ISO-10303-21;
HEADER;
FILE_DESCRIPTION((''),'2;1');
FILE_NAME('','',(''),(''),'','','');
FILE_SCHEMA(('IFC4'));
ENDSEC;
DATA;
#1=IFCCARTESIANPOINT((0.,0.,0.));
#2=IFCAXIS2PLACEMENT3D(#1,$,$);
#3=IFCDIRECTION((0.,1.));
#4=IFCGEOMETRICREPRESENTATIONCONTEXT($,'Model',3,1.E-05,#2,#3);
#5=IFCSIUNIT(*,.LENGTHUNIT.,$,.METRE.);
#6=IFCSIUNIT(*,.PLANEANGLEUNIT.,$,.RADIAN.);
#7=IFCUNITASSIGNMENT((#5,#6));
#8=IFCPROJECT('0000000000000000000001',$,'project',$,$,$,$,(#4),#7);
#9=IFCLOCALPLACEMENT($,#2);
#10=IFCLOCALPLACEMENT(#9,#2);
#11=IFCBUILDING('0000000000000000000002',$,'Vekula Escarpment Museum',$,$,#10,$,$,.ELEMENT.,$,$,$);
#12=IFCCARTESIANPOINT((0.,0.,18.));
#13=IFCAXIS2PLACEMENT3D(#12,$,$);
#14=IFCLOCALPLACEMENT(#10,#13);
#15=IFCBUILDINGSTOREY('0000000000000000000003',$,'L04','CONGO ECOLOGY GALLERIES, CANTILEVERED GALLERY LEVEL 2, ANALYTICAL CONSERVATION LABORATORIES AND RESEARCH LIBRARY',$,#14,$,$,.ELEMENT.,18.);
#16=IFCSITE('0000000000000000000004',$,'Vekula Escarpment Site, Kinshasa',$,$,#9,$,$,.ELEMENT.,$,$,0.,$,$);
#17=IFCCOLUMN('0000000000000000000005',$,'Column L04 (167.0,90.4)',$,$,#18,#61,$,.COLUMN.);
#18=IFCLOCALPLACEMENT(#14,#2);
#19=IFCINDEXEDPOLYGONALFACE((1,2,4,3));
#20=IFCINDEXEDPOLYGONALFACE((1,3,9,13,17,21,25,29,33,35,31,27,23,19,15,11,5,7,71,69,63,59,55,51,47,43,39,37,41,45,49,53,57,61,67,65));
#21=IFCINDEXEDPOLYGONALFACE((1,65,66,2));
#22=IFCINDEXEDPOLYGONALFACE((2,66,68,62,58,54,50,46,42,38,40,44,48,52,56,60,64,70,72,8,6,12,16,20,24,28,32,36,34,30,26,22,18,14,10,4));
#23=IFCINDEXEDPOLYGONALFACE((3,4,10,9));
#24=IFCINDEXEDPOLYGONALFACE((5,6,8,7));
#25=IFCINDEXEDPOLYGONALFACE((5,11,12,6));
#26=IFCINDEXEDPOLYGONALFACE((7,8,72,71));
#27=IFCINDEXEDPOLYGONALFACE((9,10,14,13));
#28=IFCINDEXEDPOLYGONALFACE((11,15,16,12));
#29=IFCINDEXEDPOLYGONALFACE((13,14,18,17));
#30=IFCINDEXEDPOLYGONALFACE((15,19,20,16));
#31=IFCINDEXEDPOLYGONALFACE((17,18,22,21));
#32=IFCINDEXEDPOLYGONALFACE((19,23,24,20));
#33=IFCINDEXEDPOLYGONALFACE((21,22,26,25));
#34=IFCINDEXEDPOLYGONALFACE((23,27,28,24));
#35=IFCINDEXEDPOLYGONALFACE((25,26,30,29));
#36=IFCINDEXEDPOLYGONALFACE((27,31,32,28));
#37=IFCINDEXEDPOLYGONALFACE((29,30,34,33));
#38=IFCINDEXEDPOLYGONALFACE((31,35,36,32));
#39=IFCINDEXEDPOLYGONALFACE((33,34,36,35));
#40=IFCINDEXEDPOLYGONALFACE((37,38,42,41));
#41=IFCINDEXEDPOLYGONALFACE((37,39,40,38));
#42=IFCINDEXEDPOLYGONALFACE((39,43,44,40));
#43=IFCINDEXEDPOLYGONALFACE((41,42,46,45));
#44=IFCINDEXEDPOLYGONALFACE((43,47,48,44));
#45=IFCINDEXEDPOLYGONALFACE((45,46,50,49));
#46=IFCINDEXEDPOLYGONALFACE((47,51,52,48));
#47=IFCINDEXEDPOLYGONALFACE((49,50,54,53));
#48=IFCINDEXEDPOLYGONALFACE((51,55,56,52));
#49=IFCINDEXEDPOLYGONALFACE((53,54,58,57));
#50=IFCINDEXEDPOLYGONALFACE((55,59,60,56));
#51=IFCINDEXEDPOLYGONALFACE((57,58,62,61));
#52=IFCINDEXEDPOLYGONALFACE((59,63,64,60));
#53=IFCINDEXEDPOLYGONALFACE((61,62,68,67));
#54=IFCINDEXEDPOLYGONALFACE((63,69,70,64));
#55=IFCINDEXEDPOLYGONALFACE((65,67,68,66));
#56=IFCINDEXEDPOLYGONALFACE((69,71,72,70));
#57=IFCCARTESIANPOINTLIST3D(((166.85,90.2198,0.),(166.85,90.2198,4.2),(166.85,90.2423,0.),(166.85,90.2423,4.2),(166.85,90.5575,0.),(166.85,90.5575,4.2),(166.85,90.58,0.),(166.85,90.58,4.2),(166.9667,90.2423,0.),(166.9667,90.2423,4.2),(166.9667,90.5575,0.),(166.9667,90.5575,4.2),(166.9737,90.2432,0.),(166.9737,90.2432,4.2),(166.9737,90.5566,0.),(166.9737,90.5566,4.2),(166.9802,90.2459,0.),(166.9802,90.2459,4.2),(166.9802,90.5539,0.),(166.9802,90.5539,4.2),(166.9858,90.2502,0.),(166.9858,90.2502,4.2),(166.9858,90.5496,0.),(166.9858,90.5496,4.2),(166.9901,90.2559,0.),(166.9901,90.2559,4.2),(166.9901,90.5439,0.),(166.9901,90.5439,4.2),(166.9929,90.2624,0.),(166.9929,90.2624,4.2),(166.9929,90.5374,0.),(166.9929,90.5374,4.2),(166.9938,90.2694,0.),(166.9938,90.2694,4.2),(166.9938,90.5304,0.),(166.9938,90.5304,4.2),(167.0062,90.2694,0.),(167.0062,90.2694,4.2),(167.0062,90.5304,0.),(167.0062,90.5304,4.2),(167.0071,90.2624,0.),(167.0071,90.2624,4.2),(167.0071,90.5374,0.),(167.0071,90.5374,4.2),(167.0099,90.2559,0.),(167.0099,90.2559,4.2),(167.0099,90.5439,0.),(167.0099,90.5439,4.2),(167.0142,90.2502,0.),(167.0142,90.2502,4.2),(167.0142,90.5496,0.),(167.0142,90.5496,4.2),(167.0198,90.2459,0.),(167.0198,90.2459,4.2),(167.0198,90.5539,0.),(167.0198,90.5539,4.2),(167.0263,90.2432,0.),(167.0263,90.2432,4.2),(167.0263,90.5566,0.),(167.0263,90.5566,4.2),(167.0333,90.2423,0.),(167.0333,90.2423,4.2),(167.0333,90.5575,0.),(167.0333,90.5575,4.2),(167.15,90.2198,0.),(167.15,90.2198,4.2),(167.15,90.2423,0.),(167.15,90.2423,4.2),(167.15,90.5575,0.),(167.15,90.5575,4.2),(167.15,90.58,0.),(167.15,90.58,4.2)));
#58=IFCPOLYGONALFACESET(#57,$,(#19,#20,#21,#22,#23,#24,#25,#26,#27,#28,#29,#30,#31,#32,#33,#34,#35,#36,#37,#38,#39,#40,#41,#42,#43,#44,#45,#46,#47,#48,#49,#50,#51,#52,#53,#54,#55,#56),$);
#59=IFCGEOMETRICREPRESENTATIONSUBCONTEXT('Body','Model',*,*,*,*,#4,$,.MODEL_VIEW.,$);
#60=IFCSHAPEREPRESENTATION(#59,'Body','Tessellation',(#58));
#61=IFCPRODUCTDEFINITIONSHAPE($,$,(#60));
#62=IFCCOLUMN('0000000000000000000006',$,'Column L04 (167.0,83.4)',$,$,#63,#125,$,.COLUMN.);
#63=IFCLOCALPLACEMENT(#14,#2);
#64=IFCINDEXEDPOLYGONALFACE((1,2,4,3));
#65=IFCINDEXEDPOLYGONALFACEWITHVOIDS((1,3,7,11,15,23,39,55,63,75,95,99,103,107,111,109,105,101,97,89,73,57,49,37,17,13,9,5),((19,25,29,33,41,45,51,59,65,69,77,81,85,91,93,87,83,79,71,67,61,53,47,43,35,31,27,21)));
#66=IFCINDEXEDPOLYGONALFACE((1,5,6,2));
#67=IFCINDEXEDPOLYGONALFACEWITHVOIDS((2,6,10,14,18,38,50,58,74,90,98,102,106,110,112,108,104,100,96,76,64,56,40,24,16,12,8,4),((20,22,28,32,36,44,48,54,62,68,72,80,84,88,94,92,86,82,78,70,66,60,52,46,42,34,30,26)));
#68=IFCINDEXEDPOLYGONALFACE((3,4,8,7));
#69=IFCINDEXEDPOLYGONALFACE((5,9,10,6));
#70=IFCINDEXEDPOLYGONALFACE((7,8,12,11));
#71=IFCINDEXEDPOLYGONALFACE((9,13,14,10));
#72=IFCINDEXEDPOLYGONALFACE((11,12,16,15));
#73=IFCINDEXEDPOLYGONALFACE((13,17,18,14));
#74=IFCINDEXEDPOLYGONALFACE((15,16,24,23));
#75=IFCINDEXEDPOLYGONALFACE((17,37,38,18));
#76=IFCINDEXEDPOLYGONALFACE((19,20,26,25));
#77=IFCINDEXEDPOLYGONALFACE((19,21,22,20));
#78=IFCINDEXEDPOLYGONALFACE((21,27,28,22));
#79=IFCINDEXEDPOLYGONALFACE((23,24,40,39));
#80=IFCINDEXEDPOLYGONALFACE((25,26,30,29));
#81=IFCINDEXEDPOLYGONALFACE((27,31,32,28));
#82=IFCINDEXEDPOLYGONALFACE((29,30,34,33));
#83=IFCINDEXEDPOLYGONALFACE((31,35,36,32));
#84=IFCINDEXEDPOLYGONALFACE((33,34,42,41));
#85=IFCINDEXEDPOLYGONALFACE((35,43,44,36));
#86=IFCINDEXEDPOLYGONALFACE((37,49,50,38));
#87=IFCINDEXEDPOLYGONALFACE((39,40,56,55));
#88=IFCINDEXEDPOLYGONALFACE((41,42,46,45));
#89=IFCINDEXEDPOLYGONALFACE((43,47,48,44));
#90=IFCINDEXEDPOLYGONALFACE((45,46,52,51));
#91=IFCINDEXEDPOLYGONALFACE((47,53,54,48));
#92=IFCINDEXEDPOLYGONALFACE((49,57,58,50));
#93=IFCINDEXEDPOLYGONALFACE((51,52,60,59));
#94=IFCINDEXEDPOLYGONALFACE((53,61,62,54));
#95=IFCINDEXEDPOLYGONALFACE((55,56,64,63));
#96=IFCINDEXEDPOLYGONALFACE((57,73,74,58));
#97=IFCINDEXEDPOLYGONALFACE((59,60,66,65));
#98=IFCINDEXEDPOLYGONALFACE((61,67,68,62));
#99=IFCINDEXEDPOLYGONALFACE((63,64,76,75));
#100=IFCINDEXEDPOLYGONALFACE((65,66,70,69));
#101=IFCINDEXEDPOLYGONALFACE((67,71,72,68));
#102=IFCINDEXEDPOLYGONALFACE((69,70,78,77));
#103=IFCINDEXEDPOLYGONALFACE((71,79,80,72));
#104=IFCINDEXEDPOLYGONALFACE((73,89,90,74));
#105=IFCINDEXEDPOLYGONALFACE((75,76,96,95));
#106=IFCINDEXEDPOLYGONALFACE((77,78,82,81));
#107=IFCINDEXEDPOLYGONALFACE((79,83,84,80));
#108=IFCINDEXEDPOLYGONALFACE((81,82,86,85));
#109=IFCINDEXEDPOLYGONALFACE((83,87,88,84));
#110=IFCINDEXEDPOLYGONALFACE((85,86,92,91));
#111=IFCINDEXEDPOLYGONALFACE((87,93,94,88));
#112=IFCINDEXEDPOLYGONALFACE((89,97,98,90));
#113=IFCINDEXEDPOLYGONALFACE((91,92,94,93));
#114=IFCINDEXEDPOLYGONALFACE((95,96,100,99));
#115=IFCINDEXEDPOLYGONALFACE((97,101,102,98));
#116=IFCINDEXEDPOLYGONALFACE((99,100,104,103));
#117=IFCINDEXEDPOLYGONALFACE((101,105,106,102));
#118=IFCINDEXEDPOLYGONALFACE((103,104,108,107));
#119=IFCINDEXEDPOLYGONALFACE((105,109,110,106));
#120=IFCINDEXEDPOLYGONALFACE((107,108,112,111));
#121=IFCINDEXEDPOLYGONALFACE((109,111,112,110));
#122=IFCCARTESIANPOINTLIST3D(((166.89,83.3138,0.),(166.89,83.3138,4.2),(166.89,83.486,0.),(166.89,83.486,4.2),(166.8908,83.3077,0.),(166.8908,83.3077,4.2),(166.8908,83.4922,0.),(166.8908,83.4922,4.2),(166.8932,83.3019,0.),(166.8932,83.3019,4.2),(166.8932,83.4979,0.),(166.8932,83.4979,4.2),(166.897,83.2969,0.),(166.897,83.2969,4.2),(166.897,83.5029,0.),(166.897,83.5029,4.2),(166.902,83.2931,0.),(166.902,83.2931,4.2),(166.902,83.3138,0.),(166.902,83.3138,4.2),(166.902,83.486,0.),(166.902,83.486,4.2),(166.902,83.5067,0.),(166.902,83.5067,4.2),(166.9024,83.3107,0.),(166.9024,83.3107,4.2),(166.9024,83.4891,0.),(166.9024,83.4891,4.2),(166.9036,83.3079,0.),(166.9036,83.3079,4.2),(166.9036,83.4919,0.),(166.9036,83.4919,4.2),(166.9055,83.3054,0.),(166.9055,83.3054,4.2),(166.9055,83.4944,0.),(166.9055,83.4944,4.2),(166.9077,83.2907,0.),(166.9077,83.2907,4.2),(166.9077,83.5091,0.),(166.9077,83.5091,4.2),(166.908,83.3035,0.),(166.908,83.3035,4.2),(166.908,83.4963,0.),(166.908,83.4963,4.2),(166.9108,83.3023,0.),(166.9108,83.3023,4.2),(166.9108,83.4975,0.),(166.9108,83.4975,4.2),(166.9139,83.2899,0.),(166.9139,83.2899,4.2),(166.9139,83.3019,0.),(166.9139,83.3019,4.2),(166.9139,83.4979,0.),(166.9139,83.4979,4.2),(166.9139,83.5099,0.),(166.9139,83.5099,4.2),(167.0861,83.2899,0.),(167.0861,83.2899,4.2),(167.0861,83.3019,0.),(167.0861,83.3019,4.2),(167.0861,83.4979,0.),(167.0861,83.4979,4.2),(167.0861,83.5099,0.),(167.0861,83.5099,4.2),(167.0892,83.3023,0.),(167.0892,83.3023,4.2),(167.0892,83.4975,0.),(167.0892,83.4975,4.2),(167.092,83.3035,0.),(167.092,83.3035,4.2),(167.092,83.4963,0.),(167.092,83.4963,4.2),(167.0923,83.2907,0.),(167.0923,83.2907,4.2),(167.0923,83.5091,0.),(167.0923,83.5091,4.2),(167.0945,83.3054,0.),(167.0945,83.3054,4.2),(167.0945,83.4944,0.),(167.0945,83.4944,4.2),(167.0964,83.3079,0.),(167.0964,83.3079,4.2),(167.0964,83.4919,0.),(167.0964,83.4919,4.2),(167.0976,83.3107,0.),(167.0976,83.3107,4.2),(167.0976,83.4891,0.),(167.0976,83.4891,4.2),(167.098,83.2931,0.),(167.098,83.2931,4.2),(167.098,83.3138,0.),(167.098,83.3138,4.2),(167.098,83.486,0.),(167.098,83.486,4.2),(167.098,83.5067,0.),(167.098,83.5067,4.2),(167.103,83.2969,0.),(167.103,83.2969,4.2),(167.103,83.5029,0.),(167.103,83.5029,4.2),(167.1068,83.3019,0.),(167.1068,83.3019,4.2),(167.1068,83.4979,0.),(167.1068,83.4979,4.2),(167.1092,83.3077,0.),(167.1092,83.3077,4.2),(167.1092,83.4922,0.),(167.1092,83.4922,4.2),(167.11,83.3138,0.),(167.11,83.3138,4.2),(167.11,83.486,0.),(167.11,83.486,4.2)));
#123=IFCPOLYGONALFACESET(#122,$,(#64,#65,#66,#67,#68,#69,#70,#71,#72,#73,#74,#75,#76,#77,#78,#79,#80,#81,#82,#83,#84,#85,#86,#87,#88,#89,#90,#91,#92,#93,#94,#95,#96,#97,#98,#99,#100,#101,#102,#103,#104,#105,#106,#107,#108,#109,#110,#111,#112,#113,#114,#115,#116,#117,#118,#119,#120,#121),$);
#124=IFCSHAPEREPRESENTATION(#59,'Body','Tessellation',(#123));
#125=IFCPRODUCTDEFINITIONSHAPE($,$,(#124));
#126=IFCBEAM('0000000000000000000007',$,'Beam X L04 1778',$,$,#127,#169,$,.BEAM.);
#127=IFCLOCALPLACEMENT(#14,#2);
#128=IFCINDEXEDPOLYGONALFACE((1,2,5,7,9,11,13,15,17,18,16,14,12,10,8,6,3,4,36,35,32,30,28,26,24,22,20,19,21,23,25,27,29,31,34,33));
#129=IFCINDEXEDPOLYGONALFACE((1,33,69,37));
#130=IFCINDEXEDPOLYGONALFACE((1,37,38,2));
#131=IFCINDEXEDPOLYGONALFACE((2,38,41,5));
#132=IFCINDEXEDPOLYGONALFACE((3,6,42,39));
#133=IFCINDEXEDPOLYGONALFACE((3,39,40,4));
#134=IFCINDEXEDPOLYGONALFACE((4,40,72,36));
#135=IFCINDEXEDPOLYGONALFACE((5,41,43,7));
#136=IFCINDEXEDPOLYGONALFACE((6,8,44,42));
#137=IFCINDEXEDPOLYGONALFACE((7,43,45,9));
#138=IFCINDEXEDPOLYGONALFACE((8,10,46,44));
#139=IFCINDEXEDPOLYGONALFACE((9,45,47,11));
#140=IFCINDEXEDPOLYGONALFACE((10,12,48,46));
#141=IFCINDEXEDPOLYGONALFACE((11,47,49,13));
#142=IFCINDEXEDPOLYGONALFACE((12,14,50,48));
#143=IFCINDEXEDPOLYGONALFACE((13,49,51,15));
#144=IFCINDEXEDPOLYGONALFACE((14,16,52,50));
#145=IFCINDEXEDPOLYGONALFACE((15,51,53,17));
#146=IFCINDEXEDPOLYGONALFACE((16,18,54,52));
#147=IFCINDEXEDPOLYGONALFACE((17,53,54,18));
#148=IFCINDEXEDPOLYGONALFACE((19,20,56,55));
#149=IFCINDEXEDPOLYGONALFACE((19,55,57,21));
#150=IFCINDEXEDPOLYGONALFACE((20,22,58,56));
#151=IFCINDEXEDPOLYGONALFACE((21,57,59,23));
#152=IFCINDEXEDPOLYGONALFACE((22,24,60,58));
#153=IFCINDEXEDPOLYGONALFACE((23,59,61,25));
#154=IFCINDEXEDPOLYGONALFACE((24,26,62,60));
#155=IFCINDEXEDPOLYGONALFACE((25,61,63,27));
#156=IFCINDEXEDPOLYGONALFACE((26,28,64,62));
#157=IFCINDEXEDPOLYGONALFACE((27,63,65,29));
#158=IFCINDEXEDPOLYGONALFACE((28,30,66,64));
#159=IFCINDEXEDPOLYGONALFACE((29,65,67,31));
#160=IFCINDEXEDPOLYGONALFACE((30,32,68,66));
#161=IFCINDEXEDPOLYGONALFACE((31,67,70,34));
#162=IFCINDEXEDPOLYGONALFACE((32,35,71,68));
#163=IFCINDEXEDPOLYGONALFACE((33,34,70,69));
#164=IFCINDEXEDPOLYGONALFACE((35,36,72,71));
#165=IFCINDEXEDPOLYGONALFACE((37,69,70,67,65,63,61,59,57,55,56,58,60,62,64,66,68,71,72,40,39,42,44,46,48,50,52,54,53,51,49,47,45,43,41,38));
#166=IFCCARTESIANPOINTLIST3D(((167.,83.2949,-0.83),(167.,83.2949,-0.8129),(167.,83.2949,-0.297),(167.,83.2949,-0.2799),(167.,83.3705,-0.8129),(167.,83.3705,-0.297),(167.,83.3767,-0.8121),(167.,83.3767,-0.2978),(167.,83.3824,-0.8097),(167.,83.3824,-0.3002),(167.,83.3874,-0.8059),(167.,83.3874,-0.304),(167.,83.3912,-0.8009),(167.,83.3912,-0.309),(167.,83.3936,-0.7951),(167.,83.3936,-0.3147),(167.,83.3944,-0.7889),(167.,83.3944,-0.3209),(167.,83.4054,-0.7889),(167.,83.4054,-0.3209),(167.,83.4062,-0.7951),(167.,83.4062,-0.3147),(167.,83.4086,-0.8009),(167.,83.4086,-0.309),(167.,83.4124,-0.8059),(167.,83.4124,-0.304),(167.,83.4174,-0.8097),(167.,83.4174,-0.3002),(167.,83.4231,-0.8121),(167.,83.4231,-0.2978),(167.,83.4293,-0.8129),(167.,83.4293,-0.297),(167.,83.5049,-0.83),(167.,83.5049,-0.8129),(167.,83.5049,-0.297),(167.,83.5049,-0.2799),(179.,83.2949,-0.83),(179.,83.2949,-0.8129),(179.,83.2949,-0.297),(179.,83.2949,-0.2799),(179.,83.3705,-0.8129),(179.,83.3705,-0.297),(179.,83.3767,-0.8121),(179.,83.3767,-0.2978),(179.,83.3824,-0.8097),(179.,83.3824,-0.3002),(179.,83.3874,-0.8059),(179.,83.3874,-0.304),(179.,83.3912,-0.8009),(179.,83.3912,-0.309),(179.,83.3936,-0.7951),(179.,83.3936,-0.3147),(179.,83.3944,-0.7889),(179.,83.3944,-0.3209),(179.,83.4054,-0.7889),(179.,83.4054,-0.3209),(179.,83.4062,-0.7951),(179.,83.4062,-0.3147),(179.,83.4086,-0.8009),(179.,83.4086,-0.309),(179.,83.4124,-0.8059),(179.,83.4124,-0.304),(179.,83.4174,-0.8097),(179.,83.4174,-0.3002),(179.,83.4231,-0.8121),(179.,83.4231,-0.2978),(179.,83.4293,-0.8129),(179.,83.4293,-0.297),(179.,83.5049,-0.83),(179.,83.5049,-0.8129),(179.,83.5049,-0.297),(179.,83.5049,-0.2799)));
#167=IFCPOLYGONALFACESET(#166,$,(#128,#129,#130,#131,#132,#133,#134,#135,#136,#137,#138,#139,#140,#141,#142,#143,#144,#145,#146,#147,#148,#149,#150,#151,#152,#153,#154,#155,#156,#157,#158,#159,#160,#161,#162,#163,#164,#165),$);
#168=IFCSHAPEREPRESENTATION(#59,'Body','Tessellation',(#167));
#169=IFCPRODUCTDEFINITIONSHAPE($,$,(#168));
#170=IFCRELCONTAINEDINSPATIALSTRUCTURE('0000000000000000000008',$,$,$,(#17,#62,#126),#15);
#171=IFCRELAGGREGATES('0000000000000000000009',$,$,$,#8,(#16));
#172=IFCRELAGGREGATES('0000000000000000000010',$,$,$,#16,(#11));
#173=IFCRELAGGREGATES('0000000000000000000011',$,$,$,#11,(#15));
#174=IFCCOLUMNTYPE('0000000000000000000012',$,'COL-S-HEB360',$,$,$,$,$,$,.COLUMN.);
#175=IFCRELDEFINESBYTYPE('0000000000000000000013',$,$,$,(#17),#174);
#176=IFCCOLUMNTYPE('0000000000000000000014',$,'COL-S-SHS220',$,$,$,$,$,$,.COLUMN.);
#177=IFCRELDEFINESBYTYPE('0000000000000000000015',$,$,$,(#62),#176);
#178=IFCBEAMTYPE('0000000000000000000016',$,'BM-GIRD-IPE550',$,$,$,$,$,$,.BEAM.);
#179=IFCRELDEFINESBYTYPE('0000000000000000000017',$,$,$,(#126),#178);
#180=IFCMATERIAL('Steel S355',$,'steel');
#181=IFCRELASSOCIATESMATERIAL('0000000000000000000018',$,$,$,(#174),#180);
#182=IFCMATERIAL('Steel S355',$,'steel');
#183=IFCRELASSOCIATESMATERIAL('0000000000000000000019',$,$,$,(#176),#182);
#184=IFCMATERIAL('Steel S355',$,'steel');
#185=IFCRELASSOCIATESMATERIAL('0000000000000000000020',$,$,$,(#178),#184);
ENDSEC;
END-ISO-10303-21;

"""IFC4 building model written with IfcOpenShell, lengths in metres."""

from ifc_helpers import new_model, si_unit, direction, frame, origin, origin_2d, place, context, subcontext, project, spatial, hollow_rectangle, i_section, extrude, material, material_profile, profile_set, type_object, element, save


model = new_model("IFC4")

# Units and contexts
model_context = context("Model", 3, precision=1e-05, world=origin(), true_north=direction((0.0, 1.0)))
body_context = subcontext(model_context, "Body", "Model", "MODEL_VIEW")
ifc_project = project(units=[si_unit("LENGTHUNIT", "METRE"), si_unit("PLANEANGLEUNIT", "RADIAN")], contexts=[model_context])

# Site, building, storey
site_placement = place(None, origin())
site = spatial("IfcSite", under=ifc_project, at=site_placement, Name="Vekula Escarpment Site, Kinshasa", CompositionType="ELEMENT", RefElevation=0.0)
building_placement = place(site_placement, origin())
building = spatial("IfcBuilding", under=site, at=building_placement, Name="Vekula Escarpment Museum", CompositionType="ELEMENT")
storey_placement = place(building_placement, frame((0.0, 0.0, 18.0)))
storey = spatial("IfcBuildingStorey", under=building, at=storey_placement, Name="L04", Description="CONGO ECOLOGY GALLERIES, CANTILEVERED GALLERY LEVEL 2, ANALYTICAL CONSERVATION LABORATORIES AND RESEARCH LIBRARY", CompositionType="ELEMENT", Elevation=18.0)

# Columns
ifc_material_1 = material(Name="Steel S355", Category="steel")
ifc_material_profile_1 = material_profile(ifc_material_1, i_section(OverallWidth=0.3, OverallDepth=0.3601, WebThickness=0.0125, FlangeThickness=0.0225, FilletRadius=0.0271, at=origin_2d()), Name="HEB 360")
ifc_profile_set_1 = profile_set([ifc_material_profile_1], Name="Steel S355")
column_type_1 = type_object("IfcColumnType", Name="COL-S-HEB360", PredefinedType="COLUMN", material=ifc_profile_set_1)
column_1_placement = place(storey_placement, frame((167.0, 90.3999, 0.0), z_axis=(0.0, 0.0, 1.0), x_axis=(1.0, 0.0, 0.0)))
element("IfcColumn", 1, at=column_1_placement, inside=storey, type_object=column_type_1, Name="Column L04 (167.0,90.4)", PredefinedType="COLUMN", context=body_context, shape_type="SweptSolid", body=[
    extrude(i_section(OverallWidth=0.3, OverallDepth=0.3601, WebThickness=0.0125, FlangeThickness=0.0225, FilletRadius=0.0271, at=origin_2d()), origin(), (0.0, 0.0, 1.0), 4.2),
])
ifc_material_2 = material(Name="Steel S355", Category="steel")
ifc_material_profile_2 = material_profile(ifc_material_2, hollow_rectangle(XDim=0.22, YDim=0.22, WallThickness=0.012, InnerFilletRadius=0.012, OuterFilletRadius=0.0239, at=origin_2d()), Name="SHS 220x220x12")
ifc_profile_set_2 = profile_set([ifc_material_profile_2], Name="Steel S355")
column_type_2 = type_object("IfcColumnType", Name="COL-S-SHS220", PredefinedType="COLUMN", material=ifc_profile_set_2)
column_2_placement = place(storey_placement, frame((167.0, 83.3999, 0.0), z_axis=(0.0, 0.0, 1.0), x_axis=(1.0, 0.0, 0.0)))
element("IfcColumn", 2, at=column_2_placement, inside=storey, type_object=column_type_2, Name="Column L04 (167.0,83.4)", PredefinedType="COLUMN", context=body_context, shape_type="SweptSolid", body=[
    extrude(hollow_rectangle(XDim=0.22, YDim=0.22, WallThickness=0.012, InnerFilletRadius=0.012, OuterFilletRadius=0.0239, at=origin_2d()), origin(), (0.0, 0.0, 1.0), 4.2),
])

# Beam
ifc_material_3 = material(Name="Steel S355", Category="steel")
ifc_material_profile_3 = material_profile(ifc_material_3, i_section(OverallWidth=0.21, OverallDepth=0.55, WebThickness=0.011, FlangeThickness=0.0171, FilletRadius=0.0239, at=origin_2d()), Name="IPE 550")
ifc_profile_set_3 = profile_set([ifc_material_profile_3], Name="Steel S355")
beam_type_1 = type_object("IfcBeamType", Name="BM-GIRD-IPE550", PredefinedType="BEAM", material=ifc_profile_set_3)
for number, where, z_axis, x_axis, name in (
    (3, (167.0, 83.3999, -0.5549), (1.0, 0.0, 0.0), (0.0, 1.0, 0.0), "Beam X L04 1778"),
):
    element("IfcBeam", number, at=place(storey_placement, frame(where, z_axis=z_axis, x_axis=x_axis)), inside=storey, type_object=beam_type_1, Name=name, PredefinedType="BEAM", context=body_context, shape_type="SweptSolid", body=[
        extrude(i_section(OverallWidth=0.21, OverallDepth=0.55, WebThickness=0.011, FlangeThickness=0.0171, FilletRadius=0.0239, at=origin_2d()), origin(), (0.0, 0.0, 1.0), 12.0),
    ])

save(model, "model.ifc")
